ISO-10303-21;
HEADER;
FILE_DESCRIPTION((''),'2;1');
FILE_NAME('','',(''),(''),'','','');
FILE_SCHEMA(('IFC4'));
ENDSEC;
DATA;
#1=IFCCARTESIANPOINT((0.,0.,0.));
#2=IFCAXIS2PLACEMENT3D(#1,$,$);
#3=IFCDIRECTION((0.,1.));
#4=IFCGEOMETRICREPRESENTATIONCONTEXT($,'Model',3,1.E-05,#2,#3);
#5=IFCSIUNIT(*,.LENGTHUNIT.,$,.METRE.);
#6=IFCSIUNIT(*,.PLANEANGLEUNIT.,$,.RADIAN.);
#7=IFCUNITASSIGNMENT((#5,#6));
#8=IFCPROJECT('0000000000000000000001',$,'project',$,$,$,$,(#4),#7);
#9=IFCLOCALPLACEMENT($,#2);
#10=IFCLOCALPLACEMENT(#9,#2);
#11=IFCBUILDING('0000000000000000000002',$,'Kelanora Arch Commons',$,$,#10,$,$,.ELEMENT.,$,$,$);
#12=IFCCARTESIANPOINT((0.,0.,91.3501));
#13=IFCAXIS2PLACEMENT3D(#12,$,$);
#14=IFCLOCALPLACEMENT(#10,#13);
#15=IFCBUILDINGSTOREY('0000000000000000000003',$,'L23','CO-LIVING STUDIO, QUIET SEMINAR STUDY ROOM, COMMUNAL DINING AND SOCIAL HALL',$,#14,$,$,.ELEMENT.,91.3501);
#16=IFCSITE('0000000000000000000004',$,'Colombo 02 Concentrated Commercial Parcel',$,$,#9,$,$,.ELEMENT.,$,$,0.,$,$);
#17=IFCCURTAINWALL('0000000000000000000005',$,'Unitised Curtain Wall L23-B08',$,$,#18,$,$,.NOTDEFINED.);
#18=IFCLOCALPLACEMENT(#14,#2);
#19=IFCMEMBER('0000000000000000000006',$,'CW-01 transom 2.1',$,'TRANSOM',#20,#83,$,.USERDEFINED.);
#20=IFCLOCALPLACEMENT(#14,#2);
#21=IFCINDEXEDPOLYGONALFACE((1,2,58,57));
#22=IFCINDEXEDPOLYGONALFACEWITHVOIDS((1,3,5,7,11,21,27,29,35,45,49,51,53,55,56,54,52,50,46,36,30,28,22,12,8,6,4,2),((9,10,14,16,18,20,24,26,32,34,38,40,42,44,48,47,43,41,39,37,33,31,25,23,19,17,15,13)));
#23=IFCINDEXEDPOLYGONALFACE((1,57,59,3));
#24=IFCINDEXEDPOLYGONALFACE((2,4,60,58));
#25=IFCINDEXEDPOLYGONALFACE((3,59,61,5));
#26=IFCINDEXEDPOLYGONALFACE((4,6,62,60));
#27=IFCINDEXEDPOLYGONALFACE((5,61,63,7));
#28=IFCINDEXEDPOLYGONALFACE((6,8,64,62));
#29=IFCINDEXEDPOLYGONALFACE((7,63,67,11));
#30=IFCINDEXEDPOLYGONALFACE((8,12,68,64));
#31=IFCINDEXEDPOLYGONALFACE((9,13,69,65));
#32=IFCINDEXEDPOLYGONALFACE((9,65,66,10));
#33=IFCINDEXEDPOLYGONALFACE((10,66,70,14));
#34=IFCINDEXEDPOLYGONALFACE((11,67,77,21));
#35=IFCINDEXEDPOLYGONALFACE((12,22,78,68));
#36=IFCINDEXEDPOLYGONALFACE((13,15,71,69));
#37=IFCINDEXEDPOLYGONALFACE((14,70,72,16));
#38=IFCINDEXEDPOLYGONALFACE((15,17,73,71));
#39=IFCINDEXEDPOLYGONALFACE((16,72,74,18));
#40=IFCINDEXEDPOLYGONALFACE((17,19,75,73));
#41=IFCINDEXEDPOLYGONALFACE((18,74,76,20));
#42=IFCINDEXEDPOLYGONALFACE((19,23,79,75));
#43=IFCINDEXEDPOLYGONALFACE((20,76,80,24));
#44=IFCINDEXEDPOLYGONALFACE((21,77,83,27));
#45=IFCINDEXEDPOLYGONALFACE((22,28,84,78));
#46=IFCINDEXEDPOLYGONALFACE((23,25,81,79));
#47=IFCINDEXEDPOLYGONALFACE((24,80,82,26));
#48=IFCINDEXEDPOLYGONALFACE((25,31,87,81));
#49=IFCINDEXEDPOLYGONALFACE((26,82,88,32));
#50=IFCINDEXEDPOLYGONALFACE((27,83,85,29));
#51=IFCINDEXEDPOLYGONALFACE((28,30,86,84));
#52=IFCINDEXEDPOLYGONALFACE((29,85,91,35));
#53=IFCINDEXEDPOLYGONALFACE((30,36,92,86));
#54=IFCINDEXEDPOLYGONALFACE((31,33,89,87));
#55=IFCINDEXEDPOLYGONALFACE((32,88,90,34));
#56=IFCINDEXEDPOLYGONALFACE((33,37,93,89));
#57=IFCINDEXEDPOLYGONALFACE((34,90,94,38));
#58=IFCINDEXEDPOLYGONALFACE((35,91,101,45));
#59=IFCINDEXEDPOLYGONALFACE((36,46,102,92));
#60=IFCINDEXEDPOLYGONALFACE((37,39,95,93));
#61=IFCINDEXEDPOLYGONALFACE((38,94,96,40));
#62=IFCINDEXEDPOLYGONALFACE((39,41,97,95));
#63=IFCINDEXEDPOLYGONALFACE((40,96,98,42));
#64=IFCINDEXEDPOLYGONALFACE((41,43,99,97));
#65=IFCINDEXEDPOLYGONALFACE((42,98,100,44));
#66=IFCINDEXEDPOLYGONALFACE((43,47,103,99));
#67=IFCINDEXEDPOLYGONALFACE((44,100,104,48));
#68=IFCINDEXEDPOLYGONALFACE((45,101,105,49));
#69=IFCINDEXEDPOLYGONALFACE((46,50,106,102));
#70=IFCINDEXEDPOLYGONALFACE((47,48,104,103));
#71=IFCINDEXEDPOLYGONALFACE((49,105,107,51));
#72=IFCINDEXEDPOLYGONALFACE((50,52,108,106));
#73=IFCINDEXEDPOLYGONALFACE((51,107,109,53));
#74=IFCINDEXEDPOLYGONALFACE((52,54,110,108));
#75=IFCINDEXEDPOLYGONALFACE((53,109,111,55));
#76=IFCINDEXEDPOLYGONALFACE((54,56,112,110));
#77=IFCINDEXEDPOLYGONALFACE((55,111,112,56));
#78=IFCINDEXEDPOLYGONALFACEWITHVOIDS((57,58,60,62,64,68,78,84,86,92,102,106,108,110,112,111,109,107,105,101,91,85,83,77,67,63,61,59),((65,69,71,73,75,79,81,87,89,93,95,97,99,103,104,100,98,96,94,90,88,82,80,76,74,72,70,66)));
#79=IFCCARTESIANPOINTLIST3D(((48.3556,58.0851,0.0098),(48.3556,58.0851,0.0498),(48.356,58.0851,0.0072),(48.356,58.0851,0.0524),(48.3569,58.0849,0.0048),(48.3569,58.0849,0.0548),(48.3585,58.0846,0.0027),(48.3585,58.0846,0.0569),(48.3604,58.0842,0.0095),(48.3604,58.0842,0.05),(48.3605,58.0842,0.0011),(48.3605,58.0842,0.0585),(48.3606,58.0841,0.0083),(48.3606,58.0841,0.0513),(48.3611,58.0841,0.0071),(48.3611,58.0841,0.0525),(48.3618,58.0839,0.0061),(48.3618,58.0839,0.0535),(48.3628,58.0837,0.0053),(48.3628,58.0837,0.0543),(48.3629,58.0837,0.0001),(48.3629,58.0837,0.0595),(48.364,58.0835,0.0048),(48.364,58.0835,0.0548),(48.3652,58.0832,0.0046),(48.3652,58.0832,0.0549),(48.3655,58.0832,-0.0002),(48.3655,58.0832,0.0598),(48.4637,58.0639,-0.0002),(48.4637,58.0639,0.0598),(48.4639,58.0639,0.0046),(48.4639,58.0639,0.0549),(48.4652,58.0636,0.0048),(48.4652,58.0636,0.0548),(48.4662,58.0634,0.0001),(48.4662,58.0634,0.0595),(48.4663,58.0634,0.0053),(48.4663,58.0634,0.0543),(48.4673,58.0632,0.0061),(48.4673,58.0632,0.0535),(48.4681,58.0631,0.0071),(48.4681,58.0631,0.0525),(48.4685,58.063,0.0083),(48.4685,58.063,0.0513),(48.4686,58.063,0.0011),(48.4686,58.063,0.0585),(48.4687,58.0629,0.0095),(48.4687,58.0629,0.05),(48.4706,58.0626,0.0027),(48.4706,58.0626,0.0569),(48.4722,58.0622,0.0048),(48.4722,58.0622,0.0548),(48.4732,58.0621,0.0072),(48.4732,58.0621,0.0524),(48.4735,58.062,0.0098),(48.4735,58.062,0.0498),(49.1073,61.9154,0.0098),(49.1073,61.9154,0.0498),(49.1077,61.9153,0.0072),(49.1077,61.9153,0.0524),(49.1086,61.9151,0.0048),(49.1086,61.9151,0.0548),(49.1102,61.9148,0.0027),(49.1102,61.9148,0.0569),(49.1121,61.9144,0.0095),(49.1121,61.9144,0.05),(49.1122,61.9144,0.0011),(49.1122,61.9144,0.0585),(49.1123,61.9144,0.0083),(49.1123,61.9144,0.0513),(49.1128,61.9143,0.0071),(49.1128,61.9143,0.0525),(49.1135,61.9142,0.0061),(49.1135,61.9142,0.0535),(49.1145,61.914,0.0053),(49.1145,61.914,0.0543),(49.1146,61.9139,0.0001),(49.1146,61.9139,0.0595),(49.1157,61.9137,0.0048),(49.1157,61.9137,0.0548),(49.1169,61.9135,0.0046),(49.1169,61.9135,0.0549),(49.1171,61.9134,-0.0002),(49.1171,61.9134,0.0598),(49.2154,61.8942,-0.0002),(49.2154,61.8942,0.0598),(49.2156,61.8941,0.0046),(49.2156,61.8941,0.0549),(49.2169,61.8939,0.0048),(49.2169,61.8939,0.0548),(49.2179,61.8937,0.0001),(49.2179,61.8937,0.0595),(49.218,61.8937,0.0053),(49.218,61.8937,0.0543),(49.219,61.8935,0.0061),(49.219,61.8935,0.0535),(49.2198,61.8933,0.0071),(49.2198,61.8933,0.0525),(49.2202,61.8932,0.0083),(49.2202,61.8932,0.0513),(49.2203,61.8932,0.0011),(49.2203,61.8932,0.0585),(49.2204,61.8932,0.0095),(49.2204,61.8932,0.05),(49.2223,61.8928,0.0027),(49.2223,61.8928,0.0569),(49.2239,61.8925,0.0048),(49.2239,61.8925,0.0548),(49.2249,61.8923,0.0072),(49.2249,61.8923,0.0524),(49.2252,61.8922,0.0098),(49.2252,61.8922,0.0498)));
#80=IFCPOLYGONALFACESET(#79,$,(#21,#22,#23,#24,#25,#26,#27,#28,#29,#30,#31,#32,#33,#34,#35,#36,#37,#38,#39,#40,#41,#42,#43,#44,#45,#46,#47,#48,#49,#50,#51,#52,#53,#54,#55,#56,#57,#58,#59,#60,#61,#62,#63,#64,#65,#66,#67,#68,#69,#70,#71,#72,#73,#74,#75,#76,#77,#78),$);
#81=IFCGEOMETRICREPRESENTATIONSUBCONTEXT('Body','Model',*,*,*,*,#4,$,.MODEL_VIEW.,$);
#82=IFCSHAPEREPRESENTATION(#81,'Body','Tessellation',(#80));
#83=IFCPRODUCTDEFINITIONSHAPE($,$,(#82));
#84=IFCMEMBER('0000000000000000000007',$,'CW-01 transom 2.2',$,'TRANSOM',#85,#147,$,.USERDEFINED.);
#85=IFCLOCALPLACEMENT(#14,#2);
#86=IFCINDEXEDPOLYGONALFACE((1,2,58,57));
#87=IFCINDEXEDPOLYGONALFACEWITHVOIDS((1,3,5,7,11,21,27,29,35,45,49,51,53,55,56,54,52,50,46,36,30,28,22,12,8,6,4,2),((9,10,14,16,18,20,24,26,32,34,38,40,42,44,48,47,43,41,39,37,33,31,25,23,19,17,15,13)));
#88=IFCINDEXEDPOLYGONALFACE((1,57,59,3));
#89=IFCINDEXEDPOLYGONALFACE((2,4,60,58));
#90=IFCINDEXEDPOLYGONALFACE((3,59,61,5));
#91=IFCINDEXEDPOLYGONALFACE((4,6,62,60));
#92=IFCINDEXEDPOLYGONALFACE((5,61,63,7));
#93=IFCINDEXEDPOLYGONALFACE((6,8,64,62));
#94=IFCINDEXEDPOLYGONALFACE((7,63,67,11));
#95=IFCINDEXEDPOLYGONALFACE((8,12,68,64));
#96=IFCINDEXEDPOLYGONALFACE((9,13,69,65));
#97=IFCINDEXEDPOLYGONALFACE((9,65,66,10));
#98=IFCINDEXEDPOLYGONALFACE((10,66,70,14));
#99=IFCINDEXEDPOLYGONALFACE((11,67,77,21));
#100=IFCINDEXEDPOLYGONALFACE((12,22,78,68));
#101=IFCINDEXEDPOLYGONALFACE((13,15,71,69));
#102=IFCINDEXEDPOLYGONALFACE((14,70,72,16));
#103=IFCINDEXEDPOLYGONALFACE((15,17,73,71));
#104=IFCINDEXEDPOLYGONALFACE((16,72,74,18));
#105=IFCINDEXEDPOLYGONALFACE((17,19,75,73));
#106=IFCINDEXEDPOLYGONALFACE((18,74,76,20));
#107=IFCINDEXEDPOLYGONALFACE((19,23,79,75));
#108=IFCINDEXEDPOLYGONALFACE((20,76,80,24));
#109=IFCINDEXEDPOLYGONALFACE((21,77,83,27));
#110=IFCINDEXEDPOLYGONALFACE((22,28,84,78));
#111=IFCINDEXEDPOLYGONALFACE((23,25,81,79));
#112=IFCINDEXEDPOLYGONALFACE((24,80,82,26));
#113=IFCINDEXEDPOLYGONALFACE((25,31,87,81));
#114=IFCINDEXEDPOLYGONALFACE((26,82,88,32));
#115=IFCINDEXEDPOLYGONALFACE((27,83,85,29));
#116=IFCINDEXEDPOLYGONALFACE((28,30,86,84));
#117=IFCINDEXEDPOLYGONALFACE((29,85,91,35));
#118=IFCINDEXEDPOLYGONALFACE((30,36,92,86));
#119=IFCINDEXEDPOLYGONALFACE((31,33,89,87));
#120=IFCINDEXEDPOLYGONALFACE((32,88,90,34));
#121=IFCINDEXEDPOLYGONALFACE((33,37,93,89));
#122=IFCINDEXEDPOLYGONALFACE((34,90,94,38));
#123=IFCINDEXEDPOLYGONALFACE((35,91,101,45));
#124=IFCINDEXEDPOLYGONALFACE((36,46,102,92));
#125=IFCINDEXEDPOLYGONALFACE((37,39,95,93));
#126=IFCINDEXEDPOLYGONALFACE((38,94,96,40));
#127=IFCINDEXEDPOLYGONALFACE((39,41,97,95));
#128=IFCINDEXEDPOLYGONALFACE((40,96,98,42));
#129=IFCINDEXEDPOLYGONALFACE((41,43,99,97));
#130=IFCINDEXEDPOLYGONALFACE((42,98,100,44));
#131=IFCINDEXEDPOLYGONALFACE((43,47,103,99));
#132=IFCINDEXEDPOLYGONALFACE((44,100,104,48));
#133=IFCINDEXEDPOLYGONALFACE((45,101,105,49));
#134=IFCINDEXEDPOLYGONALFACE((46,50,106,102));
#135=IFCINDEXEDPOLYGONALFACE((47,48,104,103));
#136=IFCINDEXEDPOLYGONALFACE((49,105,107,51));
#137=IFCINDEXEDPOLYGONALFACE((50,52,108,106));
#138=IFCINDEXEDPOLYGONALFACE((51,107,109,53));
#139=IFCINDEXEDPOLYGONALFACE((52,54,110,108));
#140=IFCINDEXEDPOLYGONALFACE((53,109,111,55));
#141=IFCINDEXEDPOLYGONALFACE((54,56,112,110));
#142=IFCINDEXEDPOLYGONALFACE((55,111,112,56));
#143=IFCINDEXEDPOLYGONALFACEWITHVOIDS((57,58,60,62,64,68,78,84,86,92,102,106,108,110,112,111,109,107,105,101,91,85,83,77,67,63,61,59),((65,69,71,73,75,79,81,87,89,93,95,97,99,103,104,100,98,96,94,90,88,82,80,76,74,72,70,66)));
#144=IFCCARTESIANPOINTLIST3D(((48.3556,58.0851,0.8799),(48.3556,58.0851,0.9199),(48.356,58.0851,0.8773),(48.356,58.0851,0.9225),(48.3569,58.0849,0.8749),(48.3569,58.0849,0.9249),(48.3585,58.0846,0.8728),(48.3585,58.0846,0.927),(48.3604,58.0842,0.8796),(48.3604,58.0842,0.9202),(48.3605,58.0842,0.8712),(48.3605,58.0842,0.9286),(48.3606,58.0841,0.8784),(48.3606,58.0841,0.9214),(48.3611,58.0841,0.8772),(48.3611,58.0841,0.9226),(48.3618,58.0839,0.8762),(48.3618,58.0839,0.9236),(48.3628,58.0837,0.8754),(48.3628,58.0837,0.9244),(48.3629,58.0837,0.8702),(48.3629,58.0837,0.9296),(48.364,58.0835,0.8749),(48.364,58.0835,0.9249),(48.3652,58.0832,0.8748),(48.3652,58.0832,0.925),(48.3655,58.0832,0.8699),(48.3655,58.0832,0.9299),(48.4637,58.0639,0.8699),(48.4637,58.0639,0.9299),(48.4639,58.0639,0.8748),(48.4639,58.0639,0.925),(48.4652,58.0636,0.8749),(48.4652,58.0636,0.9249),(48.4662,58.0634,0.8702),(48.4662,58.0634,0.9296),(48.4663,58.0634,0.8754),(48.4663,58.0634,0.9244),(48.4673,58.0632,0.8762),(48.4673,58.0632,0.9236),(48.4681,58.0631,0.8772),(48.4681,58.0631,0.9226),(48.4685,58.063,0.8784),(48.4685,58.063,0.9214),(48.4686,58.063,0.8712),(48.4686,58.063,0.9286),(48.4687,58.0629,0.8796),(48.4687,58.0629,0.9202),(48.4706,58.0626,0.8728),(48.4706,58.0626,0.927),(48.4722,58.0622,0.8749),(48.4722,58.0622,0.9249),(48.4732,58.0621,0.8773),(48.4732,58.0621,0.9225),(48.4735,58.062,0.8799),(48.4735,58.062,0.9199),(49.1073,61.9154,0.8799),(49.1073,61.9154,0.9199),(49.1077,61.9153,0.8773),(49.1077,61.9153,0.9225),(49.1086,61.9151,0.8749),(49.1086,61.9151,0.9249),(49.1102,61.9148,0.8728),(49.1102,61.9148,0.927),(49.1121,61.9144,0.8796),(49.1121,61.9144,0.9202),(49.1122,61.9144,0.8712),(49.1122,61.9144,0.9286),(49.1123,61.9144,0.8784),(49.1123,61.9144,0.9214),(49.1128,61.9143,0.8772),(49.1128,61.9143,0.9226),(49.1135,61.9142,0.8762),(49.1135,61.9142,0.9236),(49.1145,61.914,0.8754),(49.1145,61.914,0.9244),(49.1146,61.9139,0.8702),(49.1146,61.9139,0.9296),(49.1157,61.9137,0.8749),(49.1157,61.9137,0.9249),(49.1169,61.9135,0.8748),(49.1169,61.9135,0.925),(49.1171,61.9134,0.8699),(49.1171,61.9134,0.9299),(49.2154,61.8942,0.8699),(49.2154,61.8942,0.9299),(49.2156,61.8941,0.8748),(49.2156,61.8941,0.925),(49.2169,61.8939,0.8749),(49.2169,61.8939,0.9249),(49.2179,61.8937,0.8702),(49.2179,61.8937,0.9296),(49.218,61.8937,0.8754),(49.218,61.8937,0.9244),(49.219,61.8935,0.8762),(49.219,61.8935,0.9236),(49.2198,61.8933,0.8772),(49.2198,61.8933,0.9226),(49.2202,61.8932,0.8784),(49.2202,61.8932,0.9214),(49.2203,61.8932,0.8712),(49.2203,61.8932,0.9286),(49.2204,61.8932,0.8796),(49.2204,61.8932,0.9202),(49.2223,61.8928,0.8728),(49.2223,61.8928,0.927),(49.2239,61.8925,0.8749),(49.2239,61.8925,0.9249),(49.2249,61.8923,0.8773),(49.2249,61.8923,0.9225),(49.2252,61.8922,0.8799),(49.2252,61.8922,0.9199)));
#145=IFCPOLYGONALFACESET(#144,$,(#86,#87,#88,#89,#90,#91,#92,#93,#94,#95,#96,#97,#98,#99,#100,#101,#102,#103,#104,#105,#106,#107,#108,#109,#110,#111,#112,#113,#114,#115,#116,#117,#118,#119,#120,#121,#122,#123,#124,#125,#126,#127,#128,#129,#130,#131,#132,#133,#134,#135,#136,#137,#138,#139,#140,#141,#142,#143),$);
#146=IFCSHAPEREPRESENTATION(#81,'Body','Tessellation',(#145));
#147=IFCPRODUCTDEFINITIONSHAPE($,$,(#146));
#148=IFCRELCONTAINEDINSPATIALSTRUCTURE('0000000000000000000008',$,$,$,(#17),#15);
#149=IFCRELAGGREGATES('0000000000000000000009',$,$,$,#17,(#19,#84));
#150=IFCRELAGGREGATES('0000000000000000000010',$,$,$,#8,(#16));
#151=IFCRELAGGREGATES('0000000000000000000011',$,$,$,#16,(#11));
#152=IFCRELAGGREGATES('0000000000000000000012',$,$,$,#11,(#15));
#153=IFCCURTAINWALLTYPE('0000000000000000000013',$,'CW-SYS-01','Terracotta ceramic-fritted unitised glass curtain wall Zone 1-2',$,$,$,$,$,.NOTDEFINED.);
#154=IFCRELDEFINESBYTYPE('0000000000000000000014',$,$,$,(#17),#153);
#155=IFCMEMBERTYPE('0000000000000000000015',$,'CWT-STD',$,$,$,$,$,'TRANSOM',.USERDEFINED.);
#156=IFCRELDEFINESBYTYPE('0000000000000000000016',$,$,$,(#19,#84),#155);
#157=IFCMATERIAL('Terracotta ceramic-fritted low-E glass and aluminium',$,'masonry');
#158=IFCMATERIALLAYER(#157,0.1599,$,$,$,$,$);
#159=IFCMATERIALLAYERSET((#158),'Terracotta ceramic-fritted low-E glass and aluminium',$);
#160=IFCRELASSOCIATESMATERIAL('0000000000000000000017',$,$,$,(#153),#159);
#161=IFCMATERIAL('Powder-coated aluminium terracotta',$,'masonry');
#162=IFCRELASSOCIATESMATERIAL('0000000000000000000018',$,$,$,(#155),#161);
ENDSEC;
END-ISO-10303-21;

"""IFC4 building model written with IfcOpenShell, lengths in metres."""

from ifc_helpers import new_model, si_unit, direction, frame, origin, origin_2d, place, context, subcontext, project, spatial, hollow_rectangle, extrude, material, layer, layer_set, material_profile, profile_set, type_object, element, aggregate, save


model = new_model("IFC4")

# Units and contexts
model_context = context("Model", 3, precision=1e-05, world=origin(), true_north=direction((0.0, 1.0)))
body_context = subcontext(model_context, "Body", "Model", "MODEL_VIEW")
ifc_project = project(units=[si_unit("LENGTHUNIT", "METRE"), si_unit("PLANEANGLEUNIT", "RADIAN")], contexts=[model_context])

# Site, building, storey
site_placement = place(None, origin())
site = spatial("IfcSite", under=ifc_project, at=site_placement, Name="Colombo 02 Concentrated Commercial Parcel", CompositionType="ELEMENT", RefElevation=0.0)
building_placement = place(site_placement, origin())
building = spatial("IfcBuilding", under=site, at=building_placement, Name="Kelanora Arch Commons", CompositionType="ELEMENT")
storey_placement = place(building_placement, frame((0.0, 0.0, 91.3501)))
storey = spatial("IfcBuildingStorey", under=building, at=storey_placement, Name="L23", Description="CO-LIVING STUDIO, QUIET SEMINAR STUDY ROOM, COMMUNAL DINING AND SOCIAL HALL", CompositionType="ELEMENT", Elevation=91.3501)

# Curtain wall, members
ifc_material_1 = material(Name="Terracotta ceramic-fritted low-E glass and aluminium", Category="masonry")
ifc_layer_1 = layer(ifc_material_1, 0.1599)
ifc_layer_set_1 = layer_set([ifc_layer_1], Name="Terracotta ceramic-fritted low-E glass and aluminium")
curtain_wall_type = type_object("IfcCurtainWallType", Name="CW-SYS-01", Description="Terracotta ceramic-fritted unitised glass curtain wall Zone 1-2", PredefinedType="NOTDEFINED", material=ifc_layer_set_1)
curtain_wall_placement = place(storey_placement, origin())
curtain_wall = element("IfcCurtainWall", 1, at=curtain_wall_placement, inside=storey, type_object=curtain_wall_type, Name="Unitised Curtain Wall L23-B08", PredefinedType="NOTDEFINED")
ifc_material_2 = material(Name="Powder-coated aluminium terracotta", Category="masonry")
ifc_material_profile_1 = material_profile(ifc_material_2, hollow_rectangle(XDim=0.1201, YDim=0.0601, WallThickness=0.0049, InnerFilletRadius=0.0049, OuterFilletRadius=0.01, at=origin_2d()), Name="CWT120x60")
ifc_profile_set_1 = profile_set([ifc_material_profile_1], Name="Powder-coated aluminium terracotta")
member_type_1 = type_object("IfcMemberType", Name="CWT-STD", ElementType="TRANSOM", PredefinedType="USERDEFINED", material=ifc_profile_set_1)
member_1_placement = place(storey_placement, frame((49.1663, 61.9038, 0.0298), z_axis=(-0.192579, -0.981282, 0.0), x_axis=(0.981282, -0.192579, 0.0)))
member_1 = element("IfcMember", 2, at=member_1_placement, type_object=member_type_1, Name="CW-01 transom 2.1", ObjectType="TRANSOM", PredefinedType="USERDEFINED", context=body_context, shape_type="SweptSolid", body=[
    extrude(hollow_rectangle(XDim=0.1201, YDim=0.0601, WallThickness=0.0049, InnerFilletRadius=0.0049, OuterFilletRadius=0.01, at=origin_2d()), origin(), (0.0, 0.0, 1.0), 3.9033),
])
member_2_placement = place(storey_placement, frame((49.1663, 61.9038, 0.8999), z_axis=(-0.192579, -0.981282, 0.0), x_axis=(0.981282, -0.192579, 0.0)))
member_2 = element("IfcMember", 3, at=member_2_placement, type_object=member_type_1, Name="CW-01 transom 2.2", ObjectType="TRANSOM", PredefinedType="USERDEFINED", context=body_context, shape_type="SweptSolid", body=[
    extrude(hollow_rectangle(XDim=0.1201, YDim=0.0601, WallThickness=0.0049, InnerFilletRadius=0.0049, OuterFilletRadius=0.01, at=origin_2d()), origin(), (0.0, 0.0, 1.0), 3.9033),
])
aggregate(curtain_wall, [member_1, member_2])

save(model, "model.ifc")
